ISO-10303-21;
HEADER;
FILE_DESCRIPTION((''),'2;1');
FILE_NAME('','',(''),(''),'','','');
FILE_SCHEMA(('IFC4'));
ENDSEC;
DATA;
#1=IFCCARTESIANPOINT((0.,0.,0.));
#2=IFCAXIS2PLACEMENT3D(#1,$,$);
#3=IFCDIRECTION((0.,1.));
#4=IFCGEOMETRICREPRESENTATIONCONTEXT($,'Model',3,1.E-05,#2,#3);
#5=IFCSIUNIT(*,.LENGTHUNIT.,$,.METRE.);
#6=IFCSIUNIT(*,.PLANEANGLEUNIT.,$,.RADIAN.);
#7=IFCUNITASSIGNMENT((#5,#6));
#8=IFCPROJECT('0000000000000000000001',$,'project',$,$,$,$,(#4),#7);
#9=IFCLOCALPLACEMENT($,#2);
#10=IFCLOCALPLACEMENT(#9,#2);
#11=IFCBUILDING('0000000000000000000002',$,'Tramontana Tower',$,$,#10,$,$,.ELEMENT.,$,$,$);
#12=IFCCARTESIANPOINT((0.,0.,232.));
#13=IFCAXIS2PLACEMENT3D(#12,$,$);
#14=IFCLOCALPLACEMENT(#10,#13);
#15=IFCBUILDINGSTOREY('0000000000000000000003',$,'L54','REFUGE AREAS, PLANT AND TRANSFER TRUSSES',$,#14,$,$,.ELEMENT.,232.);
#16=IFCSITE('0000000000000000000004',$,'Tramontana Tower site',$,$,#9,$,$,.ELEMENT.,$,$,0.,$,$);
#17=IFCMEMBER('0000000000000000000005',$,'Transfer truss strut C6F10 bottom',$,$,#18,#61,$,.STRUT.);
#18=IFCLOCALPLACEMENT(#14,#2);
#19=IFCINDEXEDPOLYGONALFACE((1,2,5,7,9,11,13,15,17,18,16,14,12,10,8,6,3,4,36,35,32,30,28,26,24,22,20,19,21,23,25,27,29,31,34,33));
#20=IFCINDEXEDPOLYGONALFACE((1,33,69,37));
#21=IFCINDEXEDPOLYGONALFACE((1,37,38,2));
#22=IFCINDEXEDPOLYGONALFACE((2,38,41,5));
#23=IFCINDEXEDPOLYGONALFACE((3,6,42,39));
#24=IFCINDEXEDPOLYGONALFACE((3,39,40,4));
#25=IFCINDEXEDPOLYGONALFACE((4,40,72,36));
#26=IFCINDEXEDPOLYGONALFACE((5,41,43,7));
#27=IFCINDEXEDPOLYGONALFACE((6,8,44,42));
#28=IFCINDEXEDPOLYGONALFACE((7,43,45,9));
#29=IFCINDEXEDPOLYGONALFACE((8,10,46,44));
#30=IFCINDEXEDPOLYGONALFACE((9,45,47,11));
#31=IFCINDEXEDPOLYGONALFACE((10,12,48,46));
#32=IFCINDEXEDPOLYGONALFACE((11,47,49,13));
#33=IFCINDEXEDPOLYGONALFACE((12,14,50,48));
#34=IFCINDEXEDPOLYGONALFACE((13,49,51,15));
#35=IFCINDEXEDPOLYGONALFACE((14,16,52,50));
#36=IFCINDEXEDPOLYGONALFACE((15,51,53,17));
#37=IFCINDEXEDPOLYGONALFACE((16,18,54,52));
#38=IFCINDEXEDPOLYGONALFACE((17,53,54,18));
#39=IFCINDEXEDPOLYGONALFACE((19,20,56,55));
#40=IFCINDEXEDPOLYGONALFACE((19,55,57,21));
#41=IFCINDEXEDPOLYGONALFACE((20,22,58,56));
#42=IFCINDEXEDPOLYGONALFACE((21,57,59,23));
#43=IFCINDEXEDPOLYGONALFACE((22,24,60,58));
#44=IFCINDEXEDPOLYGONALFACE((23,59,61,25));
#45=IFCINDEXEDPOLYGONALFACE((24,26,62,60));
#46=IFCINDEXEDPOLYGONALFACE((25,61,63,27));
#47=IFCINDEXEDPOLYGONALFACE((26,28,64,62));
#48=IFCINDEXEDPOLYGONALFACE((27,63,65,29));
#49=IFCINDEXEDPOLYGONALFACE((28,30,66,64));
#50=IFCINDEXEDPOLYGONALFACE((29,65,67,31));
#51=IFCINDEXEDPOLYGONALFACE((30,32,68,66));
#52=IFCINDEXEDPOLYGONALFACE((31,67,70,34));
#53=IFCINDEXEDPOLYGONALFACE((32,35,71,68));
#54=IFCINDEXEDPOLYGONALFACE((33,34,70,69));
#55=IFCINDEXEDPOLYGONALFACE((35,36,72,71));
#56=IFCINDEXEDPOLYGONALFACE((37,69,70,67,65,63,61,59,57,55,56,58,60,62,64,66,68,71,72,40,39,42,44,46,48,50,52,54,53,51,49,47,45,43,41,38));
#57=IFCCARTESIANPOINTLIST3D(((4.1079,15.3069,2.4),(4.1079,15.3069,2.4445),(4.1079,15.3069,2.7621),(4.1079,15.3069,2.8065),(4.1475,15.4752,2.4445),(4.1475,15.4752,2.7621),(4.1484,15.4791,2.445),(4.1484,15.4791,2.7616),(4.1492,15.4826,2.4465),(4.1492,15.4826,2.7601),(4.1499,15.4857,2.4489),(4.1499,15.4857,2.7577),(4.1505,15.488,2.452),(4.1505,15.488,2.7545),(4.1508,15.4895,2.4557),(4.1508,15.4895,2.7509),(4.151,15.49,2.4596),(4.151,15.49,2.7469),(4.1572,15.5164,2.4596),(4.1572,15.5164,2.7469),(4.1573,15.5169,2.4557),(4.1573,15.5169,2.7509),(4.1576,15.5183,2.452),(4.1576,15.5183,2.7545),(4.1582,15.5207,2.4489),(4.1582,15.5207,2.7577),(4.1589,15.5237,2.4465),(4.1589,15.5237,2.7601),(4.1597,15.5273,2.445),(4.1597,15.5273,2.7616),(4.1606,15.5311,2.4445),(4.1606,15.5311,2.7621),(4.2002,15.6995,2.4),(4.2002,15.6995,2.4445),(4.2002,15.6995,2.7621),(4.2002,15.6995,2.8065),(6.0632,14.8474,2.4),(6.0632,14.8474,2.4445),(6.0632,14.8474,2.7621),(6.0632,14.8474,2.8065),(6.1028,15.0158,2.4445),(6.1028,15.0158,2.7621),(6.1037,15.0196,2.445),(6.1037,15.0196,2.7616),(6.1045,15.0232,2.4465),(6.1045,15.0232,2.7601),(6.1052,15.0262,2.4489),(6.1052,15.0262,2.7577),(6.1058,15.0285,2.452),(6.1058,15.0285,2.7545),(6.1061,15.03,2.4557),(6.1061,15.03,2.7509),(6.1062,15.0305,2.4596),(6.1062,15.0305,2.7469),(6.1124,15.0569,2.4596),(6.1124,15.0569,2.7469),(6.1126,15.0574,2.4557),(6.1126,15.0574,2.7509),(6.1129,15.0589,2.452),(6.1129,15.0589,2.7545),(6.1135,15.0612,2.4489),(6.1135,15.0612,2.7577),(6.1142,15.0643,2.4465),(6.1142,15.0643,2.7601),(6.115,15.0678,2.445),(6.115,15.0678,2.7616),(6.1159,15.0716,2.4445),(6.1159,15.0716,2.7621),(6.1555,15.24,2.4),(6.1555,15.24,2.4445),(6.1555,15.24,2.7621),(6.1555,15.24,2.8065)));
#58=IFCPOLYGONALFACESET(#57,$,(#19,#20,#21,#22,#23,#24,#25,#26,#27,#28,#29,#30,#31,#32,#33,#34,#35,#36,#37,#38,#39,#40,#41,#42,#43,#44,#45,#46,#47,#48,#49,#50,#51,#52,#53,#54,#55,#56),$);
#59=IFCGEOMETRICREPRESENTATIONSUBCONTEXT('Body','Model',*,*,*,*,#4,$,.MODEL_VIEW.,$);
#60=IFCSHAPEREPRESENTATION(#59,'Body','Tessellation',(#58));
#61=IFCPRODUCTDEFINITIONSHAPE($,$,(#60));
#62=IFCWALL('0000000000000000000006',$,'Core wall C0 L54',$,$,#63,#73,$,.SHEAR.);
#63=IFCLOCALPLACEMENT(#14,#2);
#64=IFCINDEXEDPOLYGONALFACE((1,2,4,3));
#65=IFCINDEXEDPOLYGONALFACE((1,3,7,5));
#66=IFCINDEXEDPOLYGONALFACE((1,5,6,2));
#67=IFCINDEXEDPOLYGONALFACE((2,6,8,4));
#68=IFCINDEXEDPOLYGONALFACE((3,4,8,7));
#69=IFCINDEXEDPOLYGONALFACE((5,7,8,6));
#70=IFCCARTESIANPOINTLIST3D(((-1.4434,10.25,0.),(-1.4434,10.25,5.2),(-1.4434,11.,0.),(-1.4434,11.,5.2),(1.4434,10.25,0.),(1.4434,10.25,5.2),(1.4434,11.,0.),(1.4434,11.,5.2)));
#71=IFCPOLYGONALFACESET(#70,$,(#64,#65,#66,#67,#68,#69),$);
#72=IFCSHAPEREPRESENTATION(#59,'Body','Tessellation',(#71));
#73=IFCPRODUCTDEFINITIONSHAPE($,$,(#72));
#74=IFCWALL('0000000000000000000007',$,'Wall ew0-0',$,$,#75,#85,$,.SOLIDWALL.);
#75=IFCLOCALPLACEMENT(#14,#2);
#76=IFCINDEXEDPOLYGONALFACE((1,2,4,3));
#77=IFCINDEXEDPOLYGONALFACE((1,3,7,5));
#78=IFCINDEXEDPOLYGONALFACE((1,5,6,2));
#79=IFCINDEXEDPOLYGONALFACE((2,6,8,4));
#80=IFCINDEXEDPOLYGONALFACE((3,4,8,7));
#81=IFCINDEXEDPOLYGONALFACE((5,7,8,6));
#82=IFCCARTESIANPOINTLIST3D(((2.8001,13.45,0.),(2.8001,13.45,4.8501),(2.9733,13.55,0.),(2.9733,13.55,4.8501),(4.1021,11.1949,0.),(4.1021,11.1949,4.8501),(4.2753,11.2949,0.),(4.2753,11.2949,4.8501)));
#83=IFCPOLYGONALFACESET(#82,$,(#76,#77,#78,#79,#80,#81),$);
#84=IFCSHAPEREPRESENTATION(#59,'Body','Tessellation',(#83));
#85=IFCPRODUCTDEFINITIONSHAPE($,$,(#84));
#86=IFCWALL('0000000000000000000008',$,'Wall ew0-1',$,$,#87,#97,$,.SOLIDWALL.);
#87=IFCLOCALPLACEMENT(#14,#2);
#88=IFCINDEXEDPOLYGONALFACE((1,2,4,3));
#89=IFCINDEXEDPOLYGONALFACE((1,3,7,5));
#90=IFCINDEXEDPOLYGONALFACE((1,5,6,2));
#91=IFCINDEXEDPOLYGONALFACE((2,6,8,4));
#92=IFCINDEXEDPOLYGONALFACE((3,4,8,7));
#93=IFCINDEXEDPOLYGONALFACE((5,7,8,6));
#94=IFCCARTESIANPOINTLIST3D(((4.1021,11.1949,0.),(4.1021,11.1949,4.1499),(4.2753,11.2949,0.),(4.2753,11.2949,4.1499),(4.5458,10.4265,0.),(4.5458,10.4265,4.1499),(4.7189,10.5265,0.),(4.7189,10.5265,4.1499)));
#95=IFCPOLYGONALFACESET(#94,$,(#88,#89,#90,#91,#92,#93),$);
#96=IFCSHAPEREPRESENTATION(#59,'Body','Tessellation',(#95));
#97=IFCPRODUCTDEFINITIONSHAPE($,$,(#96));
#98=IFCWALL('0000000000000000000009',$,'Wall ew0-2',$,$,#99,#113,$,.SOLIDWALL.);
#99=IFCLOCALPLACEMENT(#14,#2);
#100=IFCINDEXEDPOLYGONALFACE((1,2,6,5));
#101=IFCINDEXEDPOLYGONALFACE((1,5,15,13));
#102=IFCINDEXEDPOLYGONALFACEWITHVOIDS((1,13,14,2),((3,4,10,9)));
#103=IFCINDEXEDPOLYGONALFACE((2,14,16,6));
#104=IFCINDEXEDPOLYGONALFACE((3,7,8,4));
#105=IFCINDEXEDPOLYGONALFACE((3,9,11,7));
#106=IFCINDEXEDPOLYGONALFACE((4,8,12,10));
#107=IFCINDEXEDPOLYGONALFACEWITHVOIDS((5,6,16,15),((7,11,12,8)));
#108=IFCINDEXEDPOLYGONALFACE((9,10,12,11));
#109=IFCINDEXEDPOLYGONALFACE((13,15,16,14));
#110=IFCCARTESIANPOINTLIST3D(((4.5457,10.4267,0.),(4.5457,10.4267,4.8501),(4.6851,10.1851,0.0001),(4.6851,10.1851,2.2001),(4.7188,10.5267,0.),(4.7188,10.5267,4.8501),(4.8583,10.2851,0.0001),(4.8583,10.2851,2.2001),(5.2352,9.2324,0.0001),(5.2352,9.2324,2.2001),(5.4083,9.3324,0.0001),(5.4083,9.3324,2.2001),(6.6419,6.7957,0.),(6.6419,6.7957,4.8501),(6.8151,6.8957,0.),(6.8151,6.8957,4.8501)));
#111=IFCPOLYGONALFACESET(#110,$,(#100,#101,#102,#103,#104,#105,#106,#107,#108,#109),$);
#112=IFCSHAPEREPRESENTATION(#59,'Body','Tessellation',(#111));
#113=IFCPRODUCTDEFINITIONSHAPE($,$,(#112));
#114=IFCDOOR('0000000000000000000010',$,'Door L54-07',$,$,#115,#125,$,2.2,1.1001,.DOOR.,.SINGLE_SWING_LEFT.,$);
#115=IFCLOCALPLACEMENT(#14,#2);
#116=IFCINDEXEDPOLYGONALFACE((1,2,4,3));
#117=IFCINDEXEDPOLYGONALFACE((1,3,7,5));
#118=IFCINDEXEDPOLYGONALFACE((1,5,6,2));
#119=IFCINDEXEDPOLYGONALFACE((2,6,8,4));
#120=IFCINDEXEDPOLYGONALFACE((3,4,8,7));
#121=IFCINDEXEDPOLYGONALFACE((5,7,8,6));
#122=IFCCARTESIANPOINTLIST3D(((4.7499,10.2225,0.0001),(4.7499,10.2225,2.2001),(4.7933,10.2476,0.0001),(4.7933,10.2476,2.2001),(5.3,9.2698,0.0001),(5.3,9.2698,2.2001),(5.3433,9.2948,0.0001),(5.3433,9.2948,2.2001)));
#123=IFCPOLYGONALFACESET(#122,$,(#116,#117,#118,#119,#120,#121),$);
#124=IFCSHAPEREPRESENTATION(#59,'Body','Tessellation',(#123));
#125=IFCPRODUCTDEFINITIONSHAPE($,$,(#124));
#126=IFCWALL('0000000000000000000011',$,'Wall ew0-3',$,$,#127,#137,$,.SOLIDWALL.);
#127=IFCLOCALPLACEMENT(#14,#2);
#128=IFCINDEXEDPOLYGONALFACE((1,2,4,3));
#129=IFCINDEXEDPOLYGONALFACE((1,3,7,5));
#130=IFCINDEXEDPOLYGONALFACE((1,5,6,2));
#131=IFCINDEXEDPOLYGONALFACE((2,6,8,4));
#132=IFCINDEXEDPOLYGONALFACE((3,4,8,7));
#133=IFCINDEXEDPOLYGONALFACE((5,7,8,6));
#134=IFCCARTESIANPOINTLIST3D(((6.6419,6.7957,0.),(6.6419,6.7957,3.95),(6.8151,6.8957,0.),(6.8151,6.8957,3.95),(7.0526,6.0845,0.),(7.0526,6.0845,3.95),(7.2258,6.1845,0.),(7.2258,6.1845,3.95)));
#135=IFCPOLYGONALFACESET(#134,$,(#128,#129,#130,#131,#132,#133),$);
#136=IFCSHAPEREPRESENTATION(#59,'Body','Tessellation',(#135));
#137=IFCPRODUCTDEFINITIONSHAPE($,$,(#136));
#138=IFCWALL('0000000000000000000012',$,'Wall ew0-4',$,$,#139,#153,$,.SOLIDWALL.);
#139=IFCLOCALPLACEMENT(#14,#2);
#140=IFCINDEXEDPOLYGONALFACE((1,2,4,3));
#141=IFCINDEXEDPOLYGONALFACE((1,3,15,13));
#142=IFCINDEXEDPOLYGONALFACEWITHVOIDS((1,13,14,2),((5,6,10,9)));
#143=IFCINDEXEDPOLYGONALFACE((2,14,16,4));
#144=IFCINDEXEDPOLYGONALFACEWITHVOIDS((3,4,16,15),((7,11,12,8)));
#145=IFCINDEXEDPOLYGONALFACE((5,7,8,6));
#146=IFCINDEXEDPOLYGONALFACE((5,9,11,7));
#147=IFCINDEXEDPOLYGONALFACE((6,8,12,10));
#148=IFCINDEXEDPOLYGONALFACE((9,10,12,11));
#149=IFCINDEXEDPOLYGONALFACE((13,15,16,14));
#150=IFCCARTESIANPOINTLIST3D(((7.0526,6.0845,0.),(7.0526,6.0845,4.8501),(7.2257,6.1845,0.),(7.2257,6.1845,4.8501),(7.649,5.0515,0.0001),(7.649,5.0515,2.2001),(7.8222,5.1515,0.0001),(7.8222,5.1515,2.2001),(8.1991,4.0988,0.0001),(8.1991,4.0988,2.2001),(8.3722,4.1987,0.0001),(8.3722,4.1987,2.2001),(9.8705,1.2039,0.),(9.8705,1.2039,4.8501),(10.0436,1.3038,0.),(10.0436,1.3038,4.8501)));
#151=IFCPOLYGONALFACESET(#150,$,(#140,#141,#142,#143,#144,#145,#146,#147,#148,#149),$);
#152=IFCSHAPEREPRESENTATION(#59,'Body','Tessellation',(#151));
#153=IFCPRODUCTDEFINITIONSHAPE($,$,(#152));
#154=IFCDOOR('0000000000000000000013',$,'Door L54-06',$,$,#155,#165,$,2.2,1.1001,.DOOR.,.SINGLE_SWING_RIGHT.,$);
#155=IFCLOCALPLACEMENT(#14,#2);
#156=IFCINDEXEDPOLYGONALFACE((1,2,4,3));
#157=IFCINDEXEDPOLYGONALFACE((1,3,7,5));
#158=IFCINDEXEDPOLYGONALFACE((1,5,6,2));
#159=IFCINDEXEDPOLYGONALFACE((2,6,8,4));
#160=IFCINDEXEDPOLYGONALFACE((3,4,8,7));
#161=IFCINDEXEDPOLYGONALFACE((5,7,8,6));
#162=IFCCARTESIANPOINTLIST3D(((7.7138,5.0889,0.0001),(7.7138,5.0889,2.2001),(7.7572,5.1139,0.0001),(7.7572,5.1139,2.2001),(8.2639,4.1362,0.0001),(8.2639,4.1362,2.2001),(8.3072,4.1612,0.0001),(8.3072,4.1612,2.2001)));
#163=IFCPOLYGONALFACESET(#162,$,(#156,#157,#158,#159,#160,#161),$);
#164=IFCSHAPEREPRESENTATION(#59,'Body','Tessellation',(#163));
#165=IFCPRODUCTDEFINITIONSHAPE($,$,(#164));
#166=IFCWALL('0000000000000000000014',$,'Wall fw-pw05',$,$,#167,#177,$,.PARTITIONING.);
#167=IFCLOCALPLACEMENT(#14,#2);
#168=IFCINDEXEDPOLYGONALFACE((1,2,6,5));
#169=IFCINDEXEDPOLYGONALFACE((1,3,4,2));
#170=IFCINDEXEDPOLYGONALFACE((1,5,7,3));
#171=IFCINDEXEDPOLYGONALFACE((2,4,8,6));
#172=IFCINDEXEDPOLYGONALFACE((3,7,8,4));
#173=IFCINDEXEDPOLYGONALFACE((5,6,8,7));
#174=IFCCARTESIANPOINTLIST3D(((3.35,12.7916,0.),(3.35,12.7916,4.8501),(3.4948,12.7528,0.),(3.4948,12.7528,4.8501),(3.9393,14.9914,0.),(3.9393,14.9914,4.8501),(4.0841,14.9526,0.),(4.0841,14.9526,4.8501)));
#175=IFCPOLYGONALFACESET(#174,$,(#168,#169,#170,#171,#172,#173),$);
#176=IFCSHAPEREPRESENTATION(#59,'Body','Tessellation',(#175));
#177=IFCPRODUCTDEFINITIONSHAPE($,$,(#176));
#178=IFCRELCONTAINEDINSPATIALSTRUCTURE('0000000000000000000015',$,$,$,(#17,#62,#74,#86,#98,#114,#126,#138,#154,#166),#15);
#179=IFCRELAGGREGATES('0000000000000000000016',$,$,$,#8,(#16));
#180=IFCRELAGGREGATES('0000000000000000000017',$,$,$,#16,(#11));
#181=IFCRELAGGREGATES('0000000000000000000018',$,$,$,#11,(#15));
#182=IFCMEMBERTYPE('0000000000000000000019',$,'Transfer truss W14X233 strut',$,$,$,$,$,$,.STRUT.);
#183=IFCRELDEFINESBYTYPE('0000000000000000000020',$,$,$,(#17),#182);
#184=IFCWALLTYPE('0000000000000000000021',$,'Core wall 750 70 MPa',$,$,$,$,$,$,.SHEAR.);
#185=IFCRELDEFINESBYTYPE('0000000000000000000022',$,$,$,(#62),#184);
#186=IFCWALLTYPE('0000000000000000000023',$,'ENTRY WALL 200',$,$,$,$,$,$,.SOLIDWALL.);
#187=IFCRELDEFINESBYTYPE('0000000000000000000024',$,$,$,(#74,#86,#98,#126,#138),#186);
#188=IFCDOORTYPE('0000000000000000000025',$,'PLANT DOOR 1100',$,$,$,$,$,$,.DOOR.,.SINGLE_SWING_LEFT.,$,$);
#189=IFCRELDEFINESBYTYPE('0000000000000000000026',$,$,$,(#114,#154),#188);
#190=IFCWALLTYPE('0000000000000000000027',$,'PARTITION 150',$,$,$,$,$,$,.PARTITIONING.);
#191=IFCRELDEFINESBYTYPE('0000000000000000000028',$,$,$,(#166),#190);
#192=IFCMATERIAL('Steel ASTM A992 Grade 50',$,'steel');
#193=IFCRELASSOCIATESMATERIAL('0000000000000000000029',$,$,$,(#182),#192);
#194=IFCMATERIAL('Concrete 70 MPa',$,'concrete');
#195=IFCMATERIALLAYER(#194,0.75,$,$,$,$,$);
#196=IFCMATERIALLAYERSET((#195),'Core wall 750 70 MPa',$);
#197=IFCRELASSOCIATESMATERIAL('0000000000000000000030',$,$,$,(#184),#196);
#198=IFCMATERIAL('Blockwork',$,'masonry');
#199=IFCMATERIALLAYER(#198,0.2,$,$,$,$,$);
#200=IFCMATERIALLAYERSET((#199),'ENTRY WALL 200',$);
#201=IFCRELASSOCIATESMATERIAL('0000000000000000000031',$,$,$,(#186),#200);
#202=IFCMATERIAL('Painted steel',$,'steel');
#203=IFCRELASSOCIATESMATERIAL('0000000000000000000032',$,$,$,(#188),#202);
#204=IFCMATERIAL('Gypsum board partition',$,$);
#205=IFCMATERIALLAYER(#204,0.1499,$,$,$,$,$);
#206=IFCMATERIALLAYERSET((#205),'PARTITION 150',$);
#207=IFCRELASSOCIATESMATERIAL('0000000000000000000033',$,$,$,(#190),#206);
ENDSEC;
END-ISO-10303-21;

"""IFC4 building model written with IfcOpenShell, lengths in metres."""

from ifc_helpers import new_model, si_unit, direction, frame, frame_2d, origin, origin_2d, place, context, subcontext, project, spatial, rectangle, i_section, extrude, material, layer, layer_set, material_profile, profile_set, type_object, element, fill, save


model = new_model("IFC4")

# Units and contexts
model_context = context("Model", 3, precision=1e-05, world=origin(), true_north=direction((0.0, 1.0)))
body_context = subcontext(model_context, "Body", "Model", "MODEL_VIEW")
ifc_project = project(units=[si_unit("LENGTHUNIT", "METRE"), si_unit("PLANEANGLEUNIT", "RADIAN")], contexts=[model_context])

# Site, building, storey
site_placement = place(None, origin())
site = spatial("IfcSite", under=ifc_project, at=site_placement, Name="Tramontana Tower site", CompositionType="ELEMENT", RefElevation=0.0)
building_placement = place(site_placement, origin())
building = spatial("IfcBuilding", under=site, at=building_placement, Name="Tramontana Tower", CompositionType="ELEMENT")
storey_placement = place(building_placement, frame((0.0, 0.0, 232.0)))
storey = spatial("IfcBuildingStorey", under=building, at=storey_placement, Name="L54", Description="REFUGE AREAS, PLANT AND TRANSFER TRUSSES", CompositionType="ELEMENT", Elevation=232.0)

# Member
ifc_material_1 = material(Name="Steel ASTM A992 Grade 50", Category="steel")
ifc_material_profile_1 = material_profile(ifc_material_1, i_section(OverallWidth=0.4033, OverallDepth=0.4065, WebThickness=0.0271, FlangeThickness=0.0444, FilletRadius=0.0151, at=origin_2d()), Name="W14X233")
ifc_profile_set_1 = profile_set([ifc_material_profile_1], Name="Steel ASTM A992 Grade 50")
member_type_1 = type_object("IfcMemberType", Name="Transfer truss W14X233 strut", PredefinedType="STRUT", material=ifc_profile_set_1)
member_1_placement = place(storey_placement, frame((4.1541, 15.5032, 2.6033), z_axis=(0.973484, -0.228755, 0.0), x_axis=(0.228755, 0.973484, 0.0)))
element("IfcMember", 1, at=member_1_placement, inside=storey, type_object=member_type_1, Name="Transfer truss strut C6F10 bottom", PredefinedType="STRUT", context=body_context, shape_type="SweptSolid", body=[
    extrude(i_section(OverallWidth=0.4033, OverallDepth=0.4065, WebThickness=0.0271, FlangeThickness=0.0444, FilletRadius=0.0151, at=origin_2d()), origin(), (0.0, 0.0, 1.0), 2.0085),
])

# Walls
ifc_material_2 = material(Name="Concrete 70 MPa", Category="concrete")
ifc_layer_1 = layer(ifc_material_2, 0.75)
ifc_layer_set_1 = layer_set([ifc_layer_1], Name="Core wall 750 70 MPa")
wall_type_1 = type_object("IfcWallType", Name="Core wall 750 70 MPa", PredefinedType="SHEAR", material=ifc_layer_set_1)
wall_1_placement = place(storey_placement, frame((1.4434, 10.625, 0.0), z_axis=(0.0, 0.0, 1.0), x_axis=(-1.0, 0.0, 0.0)))
element("IfcWall", 2, at=wall_1_placement, inside=storey, type_object=wall_type_1, Name="Core wall C0 L54", PredefinedType="SHEAR", context=body_context, shape_type="SweptSolid", body=[
    extrude(rectangle(XDim=2.8867, YDim=0.75, at=frame_2d((1.4434, 0.0))), origin(), (0.0, 0.0, 1.0), 5.2),
])
ifc_material_3 = material(Name="Blockwork", Category="masonry")
ifc_layer_2 = layer(ifc_material_3, 0.2)
ifc_layer_set_2 = layer_set([ifc_layer_2], Name="ENTRY WALL 200")
wall_type_2 = type_object("IfcWallType", Name="ENTRY WALL 200", PredefinedType="SOLIDWALL", material=ifc_layer_set_2)
wall_2_placement = place(storey_placement, frame((2.8867, 13.5, 0.0), z_axis=(0.0, 0.0, 1.0), x_axis=(0.500001, -0.866025, 0.0)))
element("IfcWall", 3, at=wall_2_placement, inside=storey, type_object=wall_type_2, Name="Wall ew0-0", PredefinedType="SOLIDWALL", context=body_context, shape_type="SweptSolid", body=[
    extrude(rectangle(XDim=2.604, YDim=0.2, at=frame_2d((1.302, 0.0))), origin(), (0.0, 0.0, 1.0), 4.8501),
])
wall_3_placement = place(storey_placement, frame((4.1887, 11.2449, 0.0), z_axis=(0.0, 0.0, 1.0), x_axis=(0.500016, -0.866016, 0.0)))
element("IfcWall", 4, at=wall_3_placement, inside=storey, type_object=wall_type_2, Name="Wall ew0-1", PredefinedType="SOLIDWALL", context=body_context, shape_type="SweptSolid", body=[
    extrude(rectangle(XDim=0.8872, YDim=0.2, at=frame_2d((0.4436, 0.0))), origin(), (0.0, 0.0, 1.0), 4.1499),
])

# Wall, opening, door
wall_4_placement = place(storey_placement, frame((4.6323, 10.4766, 0.0), z_axis=(0.0, 0.0, 1.0), x_axis=(0.499985, -0.866034, 0.0)))
wall_4 = element("IfcWall", 5, at=wall_4_placement, inside=storey, type_object=wall_type_2, Name="Wall ew0-2", PredefinedType="SOLIDWALL", context=body_context, shape_type="SweptSolid", body=[
    extrude(rectangle(XDim=4.1926, YDim=0.2, at=frame_2d((2.0962, 0.0))), origin(), (0.0, 0.0, 1.0), 4.8501),
])
opening_1_placement = place(wall_4_placement, frame((0.2788, 0.0, 0.0)))
opening_1 = element("IfcOpeningElement", 6, at=opening_1_placement, cuts=wall_4, PredefinedType="OPENING", context=body_context, shape_type="SweptSolid", body=[
    extrude(rectangle(XDim=1.1001, YDim=2.2, at=frame_2d((0.55, 1.1001))), frame((0.0, 0.1099, 0.0), z_axis=(0.0, -1.0, 0.0), x_axis=(1.0, 0.0, 0.0)), (0.0, 0.0, 1.0), 0.22),
])
ifc_material_4 = material(Name="Painted steel", Category="steel")
door_type = type_object("IfcDoorType", Name="PLANT DOOR 1100", OperationType="SINGLE_SWING_LEFT", PredefinedType="DOOR", material=ifc_material_4)
door_1_placement = place(opening_1_placement, origin())
door_1 = element("IfcDoor", 7, at=door_1_placement, inside=storey, type_object=door_type, Name="Door L54-07", OperationType="SINGLE_SWING_LEFT", OverallHeight=2.2, OverallWidth=1.1001, PredefinedType="DOOR", context=body_context, shape_type="SweptSolid", body=[
    extrude(rectangle(XDim=1.1001, YDim=2.2, at=frame_2d((0.55, 1.1001))), frame((0.0, 0.0249, 0.0), z_axis=(0.0, -1.0, 0.0), x_axis=(1.0, 0.0, 0.0)), (0.0, 0.0, 1.0), 0.05),
])
fill(opening_1, door_1)

# Wall
wall_5_placement = place(storey_placement, frame((6.7285, 6.8457, 0.0), z_axis=(0.0, 0.0, 1.0), x_axis=(0.50004, -0.866002, 0.0)))
element("IfcWall", 8, at=wall_5_placement, inside=storey, type_object=wall_type_2, Name="Wall ew0-3", PredefinedType="SOLIDWALL", context=body_context, shape_type="SweptSolid", body=[
    extrude(rectangle(XDim=0.8213, YDim=0.2, at=frame_2d((0.4106, 0.0))), origin(), (0.0, 0.0, 1.0), 3.95),
])

# Wall, opening, door
wall_6_placement = place(storey_placement, frame((7.1392, 6.1345, 0.0), z_axis=(0.0, 0.0, 1.0), x_axis=(0.500006, -0.866022, 0.0)))
wall_6 = element("IfcWall", 9, at=wall_6_placement, inside=storey, type_object=wall_type_2, Name="Wall ew0-4", PredefinedType="SOLIDWALL", context=body_context, shape_type="SweptSolid", body=[
    extrude(rectangle(XDim=5.6357, YDim=0.2, at=frame_2d((2.8179, 0.0))), origin(), (0.0, 0.0, 1.0), 4.8501),
])
opening_2_placement = place(wall_6_placement, frame((1.1929, 0.0, 0.0)))
opening_2 = element("IfcOpeningElement", 10, at=opening_2_placement, cuts=wall_6, PredefinedType="OPENING", context=body_context, shape_type="SweptSolid", body=[
    extrude(rectangle(XDim=1.1001, YDim=2.2, at=frame_2d((0.55, 1.1001))), frame((0.0, 0.1099, 0.0), z_axis=(0.0, -1.0, 0.0), x_axis=(1.0, 0.0, 0.0)), (0.0, 0.0, 1.0), 0.22),
])
door_2_placement = place(opening_2_placement, origin())
door_2 = element("IfcDoor", 11, at=door_2_placement, inside=storey, type_object=door_type, Name="Door L54-06", OperationType="SINGLE_SWING_RIGHT", OverallHeight=2.2, OverallWidth=1.1001, PredefinedType="DOOR", context=body_context, shape_type="SweptSolid", body=[
    extrude(rectangle(XDim=1.1001, YDim=2.2, at=frame_2d((0.55, 1.1001))), frame((0.0, 0.0249, 0.0), z_axis=(0.0, -1.0, 0.0), x_axis=(1.0, 0.0, 0.0)), (0.0, 0.0, 1.0), 0.05),
])
fill(opening_2, door_2)

# Wall
ifc_material_5 = material(Name="Gypsum board partition")
ifc_layer_3 = layer(ifc_material_5, 0.1499)
ifc_layer_set_3 = layer_set([ifc_layer_3], Name="PARTITION 150")
wall_type_3 = type_object("IfcWallType", Name="PARTITION 150", PredefinedType="PARTITIONING", material=ifc_layer_set_3)
wall_7_placement = place(storey_placement, frame((3.4224, 12.7722, 0.0), z_axis=(0.0, 0.0, 1.0), x_axis=(0.258797, 0.965932, 0.0)))
element("IfcWall", 12, at=wall_7_placement, inside=storey, type_object=wall_type_3, Name="Wall fw-pw05", PredefinedType="PARTITIONING", context=body_context, shape_type="SweptSolid", body=[
    extrude(rectangle(XDim=2.2773, YDim=0.1499, at=frame_2d((1.1387, 0.0))), origin(), (0.0, 0.0, 1.0), 4.8501),
])

save(model, "model.ifc")
